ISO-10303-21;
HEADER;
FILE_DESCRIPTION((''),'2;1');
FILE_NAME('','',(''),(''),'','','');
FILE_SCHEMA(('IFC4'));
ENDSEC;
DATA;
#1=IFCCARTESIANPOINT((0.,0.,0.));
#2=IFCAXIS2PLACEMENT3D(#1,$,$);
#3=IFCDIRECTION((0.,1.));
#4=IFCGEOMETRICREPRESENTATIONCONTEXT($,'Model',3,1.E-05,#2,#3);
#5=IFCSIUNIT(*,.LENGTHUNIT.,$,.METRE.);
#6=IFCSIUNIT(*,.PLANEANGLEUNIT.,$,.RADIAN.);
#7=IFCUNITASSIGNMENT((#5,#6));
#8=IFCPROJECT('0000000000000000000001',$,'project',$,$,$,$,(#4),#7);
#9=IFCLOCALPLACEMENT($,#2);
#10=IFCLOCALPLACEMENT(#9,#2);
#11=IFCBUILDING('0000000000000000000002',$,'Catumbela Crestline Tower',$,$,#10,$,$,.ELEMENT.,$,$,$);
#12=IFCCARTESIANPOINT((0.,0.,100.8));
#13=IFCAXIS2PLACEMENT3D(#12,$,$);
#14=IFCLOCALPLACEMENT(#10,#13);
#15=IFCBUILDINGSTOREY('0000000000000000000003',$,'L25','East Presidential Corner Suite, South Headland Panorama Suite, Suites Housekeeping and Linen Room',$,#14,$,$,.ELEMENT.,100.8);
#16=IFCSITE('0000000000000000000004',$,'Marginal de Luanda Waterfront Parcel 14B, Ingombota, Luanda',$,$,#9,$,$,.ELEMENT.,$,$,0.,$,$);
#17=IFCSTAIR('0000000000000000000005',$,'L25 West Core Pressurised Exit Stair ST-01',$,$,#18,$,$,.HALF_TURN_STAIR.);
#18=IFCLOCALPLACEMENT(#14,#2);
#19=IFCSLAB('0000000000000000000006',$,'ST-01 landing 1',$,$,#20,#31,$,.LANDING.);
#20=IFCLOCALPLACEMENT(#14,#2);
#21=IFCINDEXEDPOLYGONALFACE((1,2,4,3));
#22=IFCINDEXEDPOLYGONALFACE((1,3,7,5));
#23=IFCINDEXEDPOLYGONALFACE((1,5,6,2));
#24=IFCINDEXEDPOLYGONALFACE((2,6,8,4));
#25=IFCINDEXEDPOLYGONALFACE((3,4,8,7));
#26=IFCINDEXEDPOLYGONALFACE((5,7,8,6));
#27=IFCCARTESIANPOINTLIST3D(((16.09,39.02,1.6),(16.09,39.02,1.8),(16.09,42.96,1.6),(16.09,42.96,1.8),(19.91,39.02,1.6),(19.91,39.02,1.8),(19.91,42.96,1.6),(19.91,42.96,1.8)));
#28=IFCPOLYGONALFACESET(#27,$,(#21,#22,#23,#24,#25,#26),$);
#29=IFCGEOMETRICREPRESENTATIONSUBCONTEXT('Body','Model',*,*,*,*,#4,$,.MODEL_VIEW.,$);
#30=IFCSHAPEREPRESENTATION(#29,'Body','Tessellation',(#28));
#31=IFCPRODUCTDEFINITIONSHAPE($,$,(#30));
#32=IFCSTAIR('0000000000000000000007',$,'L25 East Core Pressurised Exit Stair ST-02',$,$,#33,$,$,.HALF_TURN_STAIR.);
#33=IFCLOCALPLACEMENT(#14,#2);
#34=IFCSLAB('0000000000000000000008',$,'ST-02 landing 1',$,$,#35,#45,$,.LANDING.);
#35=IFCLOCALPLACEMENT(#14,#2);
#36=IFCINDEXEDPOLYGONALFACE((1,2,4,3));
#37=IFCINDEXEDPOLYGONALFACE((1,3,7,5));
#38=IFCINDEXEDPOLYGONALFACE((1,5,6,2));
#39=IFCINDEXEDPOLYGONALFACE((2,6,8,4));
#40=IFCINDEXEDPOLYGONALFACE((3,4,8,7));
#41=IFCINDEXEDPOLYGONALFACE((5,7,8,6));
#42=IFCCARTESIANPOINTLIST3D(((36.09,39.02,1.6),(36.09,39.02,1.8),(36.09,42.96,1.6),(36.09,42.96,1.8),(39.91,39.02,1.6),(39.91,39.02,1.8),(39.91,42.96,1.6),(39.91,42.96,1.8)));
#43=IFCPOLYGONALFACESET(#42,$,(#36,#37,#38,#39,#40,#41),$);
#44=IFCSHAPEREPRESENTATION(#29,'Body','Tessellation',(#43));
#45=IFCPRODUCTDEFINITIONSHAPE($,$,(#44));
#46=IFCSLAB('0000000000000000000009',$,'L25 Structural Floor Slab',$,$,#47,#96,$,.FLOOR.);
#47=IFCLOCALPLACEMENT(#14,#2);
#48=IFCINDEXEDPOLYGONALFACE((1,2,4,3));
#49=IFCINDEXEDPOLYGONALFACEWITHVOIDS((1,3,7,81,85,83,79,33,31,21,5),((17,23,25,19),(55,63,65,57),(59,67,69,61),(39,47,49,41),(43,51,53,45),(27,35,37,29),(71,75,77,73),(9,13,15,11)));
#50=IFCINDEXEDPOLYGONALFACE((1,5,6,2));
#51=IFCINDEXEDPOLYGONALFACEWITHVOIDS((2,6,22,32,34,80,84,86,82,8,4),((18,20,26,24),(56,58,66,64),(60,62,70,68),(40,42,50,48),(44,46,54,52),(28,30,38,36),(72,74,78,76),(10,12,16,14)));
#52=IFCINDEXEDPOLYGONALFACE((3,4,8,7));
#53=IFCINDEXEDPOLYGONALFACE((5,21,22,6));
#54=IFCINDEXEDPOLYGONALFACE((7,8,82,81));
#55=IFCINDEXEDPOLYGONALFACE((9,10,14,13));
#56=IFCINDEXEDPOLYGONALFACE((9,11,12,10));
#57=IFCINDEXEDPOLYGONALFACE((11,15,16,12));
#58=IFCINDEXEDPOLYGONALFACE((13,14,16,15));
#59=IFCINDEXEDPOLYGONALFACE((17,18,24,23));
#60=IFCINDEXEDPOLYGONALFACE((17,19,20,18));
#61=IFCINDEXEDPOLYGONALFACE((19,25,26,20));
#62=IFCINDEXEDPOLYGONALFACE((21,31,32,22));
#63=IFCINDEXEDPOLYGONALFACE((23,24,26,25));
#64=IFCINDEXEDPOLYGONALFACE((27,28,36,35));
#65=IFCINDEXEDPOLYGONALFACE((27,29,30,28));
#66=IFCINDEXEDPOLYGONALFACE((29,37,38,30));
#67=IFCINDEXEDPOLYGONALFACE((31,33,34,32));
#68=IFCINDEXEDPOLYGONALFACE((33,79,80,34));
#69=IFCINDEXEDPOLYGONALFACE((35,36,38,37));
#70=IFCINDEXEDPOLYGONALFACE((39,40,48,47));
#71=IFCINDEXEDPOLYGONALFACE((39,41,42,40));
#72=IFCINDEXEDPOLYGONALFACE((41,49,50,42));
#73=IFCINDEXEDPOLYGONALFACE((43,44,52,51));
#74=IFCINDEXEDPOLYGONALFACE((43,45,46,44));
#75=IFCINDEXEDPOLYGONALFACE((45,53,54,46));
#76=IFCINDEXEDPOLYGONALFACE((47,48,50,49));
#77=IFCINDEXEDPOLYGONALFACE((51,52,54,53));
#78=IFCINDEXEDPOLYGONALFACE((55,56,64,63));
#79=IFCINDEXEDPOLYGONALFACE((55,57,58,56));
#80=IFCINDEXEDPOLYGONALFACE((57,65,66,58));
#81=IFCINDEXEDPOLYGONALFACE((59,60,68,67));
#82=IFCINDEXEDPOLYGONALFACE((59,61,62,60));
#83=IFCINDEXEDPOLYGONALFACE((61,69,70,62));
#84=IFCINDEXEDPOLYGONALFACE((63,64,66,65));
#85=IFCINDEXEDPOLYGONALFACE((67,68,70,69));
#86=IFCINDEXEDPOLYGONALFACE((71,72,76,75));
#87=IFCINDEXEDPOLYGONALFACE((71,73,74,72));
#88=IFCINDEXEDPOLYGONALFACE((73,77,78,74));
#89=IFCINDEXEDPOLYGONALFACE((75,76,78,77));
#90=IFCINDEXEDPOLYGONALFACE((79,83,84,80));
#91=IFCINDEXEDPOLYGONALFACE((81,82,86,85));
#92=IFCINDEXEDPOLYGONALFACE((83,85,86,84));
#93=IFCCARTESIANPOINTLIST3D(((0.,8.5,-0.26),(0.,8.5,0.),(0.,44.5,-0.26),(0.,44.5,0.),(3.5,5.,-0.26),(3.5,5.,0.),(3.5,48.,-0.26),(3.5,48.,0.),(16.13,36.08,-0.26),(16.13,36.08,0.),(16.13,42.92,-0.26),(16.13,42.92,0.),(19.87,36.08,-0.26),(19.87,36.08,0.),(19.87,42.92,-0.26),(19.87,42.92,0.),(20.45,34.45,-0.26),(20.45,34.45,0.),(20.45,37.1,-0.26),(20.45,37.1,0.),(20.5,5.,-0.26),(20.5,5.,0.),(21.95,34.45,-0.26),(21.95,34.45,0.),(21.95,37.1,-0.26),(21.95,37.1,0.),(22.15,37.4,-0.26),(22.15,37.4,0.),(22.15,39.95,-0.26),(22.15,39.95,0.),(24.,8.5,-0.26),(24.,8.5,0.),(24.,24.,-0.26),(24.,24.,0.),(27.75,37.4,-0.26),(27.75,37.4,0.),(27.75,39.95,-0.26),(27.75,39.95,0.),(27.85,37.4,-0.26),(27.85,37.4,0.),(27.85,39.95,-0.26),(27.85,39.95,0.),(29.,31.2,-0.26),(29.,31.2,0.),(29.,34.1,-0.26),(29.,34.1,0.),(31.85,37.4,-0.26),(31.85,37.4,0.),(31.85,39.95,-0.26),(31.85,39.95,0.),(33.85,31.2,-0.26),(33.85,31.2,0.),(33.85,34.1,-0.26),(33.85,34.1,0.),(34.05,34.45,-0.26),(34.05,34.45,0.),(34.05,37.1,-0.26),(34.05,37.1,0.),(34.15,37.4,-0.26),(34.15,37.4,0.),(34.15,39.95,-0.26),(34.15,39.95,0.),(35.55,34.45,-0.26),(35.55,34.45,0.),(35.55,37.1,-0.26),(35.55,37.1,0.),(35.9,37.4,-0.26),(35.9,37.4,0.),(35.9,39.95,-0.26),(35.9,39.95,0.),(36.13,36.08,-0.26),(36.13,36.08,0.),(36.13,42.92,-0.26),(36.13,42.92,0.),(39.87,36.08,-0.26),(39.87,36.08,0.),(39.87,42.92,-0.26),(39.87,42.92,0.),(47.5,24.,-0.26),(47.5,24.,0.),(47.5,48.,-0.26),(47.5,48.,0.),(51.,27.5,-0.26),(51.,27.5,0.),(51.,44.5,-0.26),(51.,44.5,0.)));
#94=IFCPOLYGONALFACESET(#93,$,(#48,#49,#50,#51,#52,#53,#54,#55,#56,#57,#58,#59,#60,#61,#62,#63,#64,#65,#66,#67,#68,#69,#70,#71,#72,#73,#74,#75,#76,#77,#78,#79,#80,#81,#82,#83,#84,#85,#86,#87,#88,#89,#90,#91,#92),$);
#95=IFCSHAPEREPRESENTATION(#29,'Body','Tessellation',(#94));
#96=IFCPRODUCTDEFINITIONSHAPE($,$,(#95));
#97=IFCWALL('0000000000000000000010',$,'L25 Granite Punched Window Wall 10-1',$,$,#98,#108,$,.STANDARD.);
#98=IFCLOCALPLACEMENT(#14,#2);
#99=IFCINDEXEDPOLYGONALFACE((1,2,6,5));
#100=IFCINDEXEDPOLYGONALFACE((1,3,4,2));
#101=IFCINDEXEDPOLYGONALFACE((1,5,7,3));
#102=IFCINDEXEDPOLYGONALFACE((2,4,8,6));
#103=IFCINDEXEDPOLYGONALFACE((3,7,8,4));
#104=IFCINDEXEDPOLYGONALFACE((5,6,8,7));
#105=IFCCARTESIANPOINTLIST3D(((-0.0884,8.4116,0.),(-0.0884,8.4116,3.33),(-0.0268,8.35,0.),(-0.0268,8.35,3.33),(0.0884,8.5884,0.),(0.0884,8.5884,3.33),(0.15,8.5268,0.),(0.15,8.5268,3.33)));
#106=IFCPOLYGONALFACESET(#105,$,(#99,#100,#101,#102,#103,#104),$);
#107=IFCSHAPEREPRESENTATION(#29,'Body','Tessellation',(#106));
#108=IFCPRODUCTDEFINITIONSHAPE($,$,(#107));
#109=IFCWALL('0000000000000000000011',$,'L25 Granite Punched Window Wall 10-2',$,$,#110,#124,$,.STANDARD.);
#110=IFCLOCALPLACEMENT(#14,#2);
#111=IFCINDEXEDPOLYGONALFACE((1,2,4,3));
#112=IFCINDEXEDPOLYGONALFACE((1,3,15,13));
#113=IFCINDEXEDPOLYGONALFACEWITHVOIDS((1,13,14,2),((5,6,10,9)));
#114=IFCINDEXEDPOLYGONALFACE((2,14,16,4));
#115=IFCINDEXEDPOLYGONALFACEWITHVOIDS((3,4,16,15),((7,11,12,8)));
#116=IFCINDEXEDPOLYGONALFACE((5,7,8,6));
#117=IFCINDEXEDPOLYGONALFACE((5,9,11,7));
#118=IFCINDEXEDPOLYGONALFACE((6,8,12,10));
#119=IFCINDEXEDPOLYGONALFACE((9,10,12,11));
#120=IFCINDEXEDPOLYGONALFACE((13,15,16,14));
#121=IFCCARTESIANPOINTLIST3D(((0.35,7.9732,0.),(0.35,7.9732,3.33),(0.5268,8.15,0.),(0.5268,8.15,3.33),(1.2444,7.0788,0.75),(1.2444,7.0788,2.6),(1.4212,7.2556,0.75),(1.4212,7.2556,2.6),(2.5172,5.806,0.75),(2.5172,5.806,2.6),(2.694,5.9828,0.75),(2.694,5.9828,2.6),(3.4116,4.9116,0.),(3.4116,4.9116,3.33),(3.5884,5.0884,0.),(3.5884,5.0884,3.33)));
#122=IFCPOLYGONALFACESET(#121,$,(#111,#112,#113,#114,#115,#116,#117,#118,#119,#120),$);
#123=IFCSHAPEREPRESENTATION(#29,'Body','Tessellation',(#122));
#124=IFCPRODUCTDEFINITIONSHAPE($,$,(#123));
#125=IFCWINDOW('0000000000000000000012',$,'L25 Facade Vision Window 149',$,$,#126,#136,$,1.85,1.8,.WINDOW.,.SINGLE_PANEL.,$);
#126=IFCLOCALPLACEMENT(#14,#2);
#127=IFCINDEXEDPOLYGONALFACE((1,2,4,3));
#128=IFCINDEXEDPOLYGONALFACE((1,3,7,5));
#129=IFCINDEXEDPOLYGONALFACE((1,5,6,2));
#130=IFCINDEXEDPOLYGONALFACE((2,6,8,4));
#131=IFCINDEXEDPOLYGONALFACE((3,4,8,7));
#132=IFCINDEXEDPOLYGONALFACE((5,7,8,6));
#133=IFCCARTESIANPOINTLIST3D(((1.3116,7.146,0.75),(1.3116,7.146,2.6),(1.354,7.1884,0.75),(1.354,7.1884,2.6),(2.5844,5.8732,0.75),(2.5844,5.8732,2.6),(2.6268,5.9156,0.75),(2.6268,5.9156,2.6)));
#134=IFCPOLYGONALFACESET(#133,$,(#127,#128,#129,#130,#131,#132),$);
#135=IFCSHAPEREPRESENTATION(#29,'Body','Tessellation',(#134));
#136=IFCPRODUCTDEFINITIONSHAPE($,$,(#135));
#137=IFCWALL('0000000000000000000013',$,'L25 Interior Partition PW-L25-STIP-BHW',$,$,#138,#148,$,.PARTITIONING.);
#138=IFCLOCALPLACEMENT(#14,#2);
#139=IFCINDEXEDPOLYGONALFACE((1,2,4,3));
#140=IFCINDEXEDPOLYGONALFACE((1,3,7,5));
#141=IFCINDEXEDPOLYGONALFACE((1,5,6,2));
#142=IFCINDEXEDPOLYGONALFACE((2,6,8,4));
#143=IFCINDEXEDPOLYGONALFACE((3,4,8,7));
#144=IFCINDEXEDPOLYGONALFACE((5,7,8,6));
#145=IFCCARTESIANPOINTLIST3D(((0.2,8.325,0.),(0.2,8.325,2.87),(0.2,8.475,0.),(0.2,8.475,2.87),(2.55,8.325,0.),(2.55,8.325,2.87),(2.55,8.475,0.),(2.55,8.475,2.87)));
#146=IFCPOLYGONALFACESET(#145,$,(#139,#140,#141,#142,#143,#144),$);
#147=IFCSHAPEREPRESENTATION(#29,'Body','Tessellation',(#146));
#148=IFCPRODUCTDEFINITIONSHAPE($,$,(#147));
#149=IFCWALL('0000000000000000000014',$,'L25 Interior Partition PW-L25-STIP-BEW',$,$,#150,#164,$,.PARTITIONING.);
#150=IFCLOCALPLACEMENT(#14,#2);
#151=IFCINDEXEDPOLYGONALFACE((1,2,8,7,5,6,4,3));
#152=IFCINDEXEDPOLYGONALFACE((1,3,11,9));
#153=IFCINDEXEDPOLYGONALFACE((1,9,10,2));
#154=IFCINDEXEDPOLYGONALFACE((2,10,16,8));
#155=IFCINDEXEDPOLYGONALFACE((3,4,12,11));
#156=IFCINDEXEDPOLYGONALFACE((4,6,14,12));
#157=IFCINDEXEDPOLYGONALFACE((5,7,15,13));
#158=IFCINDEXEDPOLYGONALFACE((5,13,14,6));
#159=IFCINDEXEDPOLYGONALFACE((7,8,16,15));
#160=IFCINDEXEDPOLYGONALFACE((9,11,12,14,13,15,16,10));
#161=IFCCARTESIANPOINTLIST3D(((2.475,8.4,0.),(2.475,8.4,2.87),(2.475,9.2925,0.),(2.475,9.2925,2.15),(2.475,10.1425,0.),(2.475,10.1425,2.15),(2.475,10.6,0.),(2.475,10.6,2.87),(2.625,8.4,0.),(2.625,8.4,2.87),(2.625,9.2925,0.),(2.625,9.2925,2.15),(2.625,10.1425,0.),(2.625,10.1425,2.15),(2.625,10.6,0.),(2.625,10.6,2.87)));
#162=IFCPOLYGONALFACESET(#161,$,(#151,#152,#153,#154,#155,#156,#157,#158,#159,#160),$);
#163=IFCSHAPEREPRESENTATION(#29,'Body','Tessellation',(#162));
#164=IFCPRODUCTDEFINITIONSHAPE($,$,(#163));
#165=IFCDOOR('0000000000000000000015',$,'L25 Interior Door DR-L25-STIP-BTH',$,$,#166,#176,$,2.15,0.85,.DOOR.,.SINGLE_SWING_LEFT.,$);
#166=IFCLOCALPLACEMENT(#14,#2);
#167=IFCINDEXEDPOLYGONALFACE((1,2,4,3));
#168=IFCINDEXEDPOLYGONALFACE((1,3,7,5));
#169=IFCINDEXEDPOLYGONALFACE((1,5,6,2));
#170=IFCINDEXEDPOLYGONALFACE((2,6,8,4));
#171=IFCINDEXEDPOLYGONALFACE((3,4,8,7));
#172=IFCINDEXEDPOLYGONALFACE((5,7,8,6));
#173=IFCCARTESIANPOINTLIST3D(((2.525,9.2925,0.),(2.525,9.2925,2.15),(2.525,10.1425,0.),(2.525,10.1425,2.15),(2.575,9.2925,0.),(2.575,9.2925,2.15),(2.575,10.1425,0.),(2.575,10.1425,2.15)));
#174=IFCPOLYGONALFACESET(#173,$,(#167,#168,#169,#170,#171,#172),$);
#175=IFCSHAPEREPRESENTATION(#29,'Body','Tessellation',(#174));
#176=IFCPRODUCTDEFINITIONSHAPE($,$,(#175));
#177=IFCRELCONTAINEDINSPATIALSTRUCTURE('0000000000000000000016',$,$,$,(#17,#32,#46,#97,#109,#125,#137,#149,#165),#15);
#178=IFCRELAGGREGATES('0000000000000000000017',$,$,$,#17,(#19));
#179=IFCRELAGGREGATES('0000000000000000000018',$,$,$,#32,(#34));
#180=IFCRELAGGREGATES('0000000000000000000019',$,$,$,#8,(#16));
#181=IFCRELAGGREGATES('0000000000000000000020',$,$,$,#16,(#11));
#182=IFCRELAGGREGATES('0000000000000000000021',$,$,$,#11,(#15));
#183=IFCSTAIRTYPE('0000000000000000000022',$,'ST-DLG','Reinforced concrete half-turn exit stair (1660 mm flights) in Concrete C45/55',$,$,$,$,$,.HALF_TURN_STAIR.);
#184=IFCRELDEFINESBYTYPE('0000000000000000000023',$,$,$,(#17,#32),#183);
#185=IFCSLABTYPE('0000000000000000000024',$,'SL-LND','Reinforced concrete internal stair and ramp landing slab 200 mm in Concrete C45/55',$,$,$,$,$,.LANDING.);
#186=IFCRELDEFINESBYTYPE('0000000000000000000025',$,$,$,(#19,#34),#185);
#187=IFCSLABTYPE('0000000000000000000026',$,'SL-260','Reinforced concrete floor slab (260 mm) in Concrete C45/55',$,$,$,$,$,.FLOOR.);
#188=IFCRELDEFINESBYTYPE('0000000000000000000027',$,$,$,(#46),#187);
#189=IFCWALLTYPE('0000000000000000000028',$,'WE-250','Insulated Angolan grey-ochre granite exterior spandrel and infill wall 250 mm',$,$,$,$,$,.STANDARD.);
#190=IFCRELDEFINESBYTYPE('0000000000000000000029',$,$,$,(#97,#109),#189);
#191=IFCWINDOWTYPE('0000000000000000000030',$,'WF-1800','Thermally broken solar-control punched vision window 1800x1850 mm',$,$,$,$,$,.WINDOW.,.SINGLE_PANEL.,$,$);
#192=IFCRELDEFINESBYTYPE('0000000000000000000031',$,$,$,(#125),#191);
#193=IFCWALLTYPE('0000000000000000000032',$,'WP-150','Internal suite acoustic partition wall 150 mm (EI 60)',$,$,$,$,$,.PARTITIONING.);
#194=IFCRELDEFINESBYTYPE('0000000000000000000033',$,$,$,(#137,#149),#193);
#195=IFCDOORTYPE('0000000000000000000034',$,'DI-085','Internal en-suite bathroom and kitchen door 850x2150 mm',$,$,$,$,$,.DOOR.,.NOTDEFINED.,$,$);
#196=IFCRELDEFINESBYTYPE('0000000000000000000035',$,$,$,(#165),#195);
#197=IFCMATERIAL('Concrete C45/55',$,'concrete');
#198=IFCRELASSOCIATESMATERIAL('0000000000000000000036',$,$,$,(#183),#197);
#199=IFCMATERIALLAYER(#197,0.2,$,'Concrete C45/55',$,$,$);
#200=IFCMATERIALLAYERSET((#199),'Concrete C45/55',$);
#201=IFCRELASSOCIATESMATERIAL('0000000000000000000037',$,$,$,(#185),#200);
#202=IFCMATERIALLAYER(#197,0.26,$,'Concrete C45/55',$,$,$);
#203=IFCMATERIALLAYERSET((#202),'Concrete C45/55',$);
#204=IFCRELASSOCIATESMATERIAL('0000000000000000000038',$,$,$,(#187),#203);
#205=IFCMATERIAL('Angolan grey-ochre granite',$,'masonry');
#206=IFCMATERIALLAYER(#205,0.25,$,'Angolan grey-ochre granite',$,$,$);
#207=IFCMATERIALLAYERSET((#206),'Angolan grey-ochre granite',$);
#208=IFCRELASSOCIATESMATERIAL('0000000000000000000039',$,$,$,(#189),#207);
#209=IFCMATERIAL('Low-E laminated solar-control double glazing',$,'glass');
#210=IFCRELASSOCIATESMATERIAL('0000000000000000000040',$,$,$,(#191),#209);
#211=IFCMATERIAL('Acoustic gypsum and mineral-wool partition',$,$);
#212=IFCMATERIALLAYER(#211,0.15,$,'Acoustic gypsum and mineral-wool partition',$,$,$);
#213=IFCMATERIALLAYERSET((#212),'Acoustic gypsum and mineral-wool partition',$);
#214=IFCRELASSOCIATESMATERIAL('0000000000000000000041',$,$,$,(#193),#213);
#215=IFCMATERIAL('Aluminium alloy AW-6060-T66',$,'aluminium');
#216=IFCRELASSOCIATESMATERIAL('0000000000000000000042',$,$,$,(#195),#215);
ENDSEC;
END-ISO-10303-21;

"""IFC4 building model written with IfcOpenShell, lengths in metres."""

from ifc_helpers import new_model, si_unit, direction, frame, frame_2d, origin, place, context, subcontext, project, spatial, polyline, rectangle, outline, extrude, material, layer, layer_set, type_object, element, fill, aggregate, save


model = new_model("IFC4")

# Units and contexts
model_context = context("Model", 3, precision=1e-05, world=origin(), true_north=direction((0.0, 1.0)))
body_context = subcontext(model_context, "Body", "Model", "MODEL_VIEW")
ifc_project = project(units=[si_unit("LENGTHUNIT", "METRE"), si_unit("PLANEANGLEUNIT", "RADIAN")], contexts=[model_context])

# Site, building, storey
site_placement = place(None, origin())
site = spatial("IfcSite", under=ifc_project, at=site_placement, Name="Marginal de Luanda Waterfront Parcel 14B, Ingombota, Luanda", CompositionType="ELEMENT", RefElevation=0.0)
building_placement = place(site_placement, origin())
building = spatial("IfcBuilding", under=site, at=building_placement, Name="Catumbela Crestline Tower", CompositionType="ELEMENT")
storey_placement = place(building_placement, frame((0.0, 0.0, 100.8)))
storey = spatial("IfcBuildingStorey", under=building, at=storey_placement, Name="L25", Description="East Presidential Corner Suite, South Headland Panorama Suite, Suites Housekeeping and Linen Room", CompositionType="ELEMENT", Elevation=100.8)

# Stairs, slabs
ifc_material_1 = material(Name="Concrete C45/55", Category="concrete")
stair_type = type_object("IfcStairType", Name="ST-DLG", Description="Reinforced concrete half-turn exit stair (1660 mm flights) in Concrete C45/55", PredefinedType="HALF_TURN_STAIR", material=ifc_material_1)
stair_1_placement = place(storey_placement, origin())
stair_1 = element("IfcStair", 1, at=stair_1_placement, inside=storey, type_object=stair_type, Name="L25 West Core Pressurised Exit Stair ST-01", PredefinedType="HALF_TURN_STAIR")
ifc_layer_1 = layer(ifc_material_1, 0.2, Name="Concrete C45/55")
ifc_layer_set_1 = layer_set([ifc_layer_1], Name="Concrete C45/55")
slab_type_1 = type_object("IfcSlabType", Name="SL-LND", Description="Reinforced concrete internal stair and ramp landing slab 200 mm in Concrete C45/55", PredefinedType="LANDING", material=ifc_layer_set_1)
slab_1_placement = place(storey_placement, frame((0.0, 0.0, 1.6)))
slab_1 = element("IfcSlab", 2, at=slab_1_placement, type_object=slab_type_1, Name="ST-01 landing 1", PredefinedType="LANDING", context=body_context, shape_type="SweptSolid", body=[
    extrude(outline(polyline([(19.91, 39.02), (19.91, 42.96), (16.09, 42.96), (16.09, 39.02), (19.91, 39.02)])), origin(), (0.0, 0.0, 1.0), 0.2),
])
aggregate(stair_1, [slab_1])
stair_2_placement = place(storey_placement, origin())
stair_2 = element("IfcStair", 3, at=stair_2_placement, inside=storey, type_object=stair_type, Name="L25 East Core Pressurised Exit Stair ST-02", PredefinedType="HALF_TURN_STAIR")
slab_2_placement = place(storey_placement, frame((0.0, 0.0, 1.6)))
slab_2 = element("IfcSlab", 4, at=slab_2_placement, type_object=slab_type_1, Name="ST-02 landing 1", PredefinedType="LANDING", context=body_context, shape_type="SweptSolid", body=[
    extrude(outline(polyline([(39.91, 39.02), (39.91, 42.96), (36.09, 42.96), (36.09, 39.02), (39.91, 39.02)])), origin(), (0.0, 0.0, 1.0), 0.2),
])
aggregate(stair_2, [slab_2])

# Slab
ifc_layer_2 = layer(ifc_material_1, 0.26, Name="Concrete C45/55")
ifc_layer_set_2 = layer_set([ifc_layer_2], Name="Concrete C45/55")
slab_type_2 = type_object("IfcSlabType", Name="SL-260", Description="Reinforced concrete floor slab (260 mm) in Concrete C45/55", PredefinedType="FLOOR", material=ifc_layer_set_2)
slab_3_placement = place(storey_placement, frame((0.0, 0.0, -0.26)))
element("IfcSlab", 5, at=slab_3_placement, inside=storey, type_object=slab_type_2, Name="L25 Structural Floor Slab", PredefinedType="FLOOR", context=body_context, shape_type="SweptSolid", body=[
    extrude(outline(polyline([(3.5, 5.0), (20.5, 5.0), (24.0, 8.5), (24.0, 24.0), (47.5, 24.0), (51.0, 27.5), (51.0, 44.5), (47.5, 48.0), (3.5, 48.0), (0.0, 44.5), (0.0, 8.5), (3.5, 5.0)]), holes=[polyline([(16.13, 36.08), (19.87, 36.08), (19.87, 42.92), (16.13, 42.92), (16.13, 36.08)]), polyline([(36.13, 36.08), (39.87, 36.08), (39.87, 42.92), (36.13, 42.92), (36.13, 36.08)]), polyline([(29.0, 31.2), (33.85, 31.2), (33.85, 34.1), (29.0, 34.1), (29.0, 31.2)]), polyline([(22.15, 37.4), (27.75, 37.4), (27.75, 39.95), (22.15, 39.95), (22.15, 37.4)]), polyline([(27.85, 37.4), (31.85, 37.4), (31.85, 39.95), (27.85, 39.95), (27.85, 37.4)]), polyline([(20.45, 34.45), (21.95, 34.45), (21.95, 37.1), (20.45, 37.1), (20.45, 34.45)]), polyline([(34.05, 34.45), (35.55, 34.45), (35.55, 37.1), (34.05, 37.1), (34.05, 34.45)]), polyline([(34.15, 37.4), (35.9, 37.4), (35.9, 39.95), (34.15, 39.95), (34.15, 37.4)])]), origin(), (0.0, 0.0, 1.0), 0.26),
])

# Wall
ifc_material_2 = material(Name="Angolan grey-ochre granite", Category="masonry")
ifc_layer_3 = layer(ifc_material_2, 0.25, Name="Angolan grey-ochre granite")
ifc_layer_set_3 = layer_set([ifc_layer_3], Name="Angolan grey-ochre granite")
wall_type_1 = type_object("IfcWallType", Name="WE-250", Description="Insulated Angolan grey-ochre granite exterior spandrel and infill wall 250 mm", PredefinedType="STANDARD", material=ifc_layer_set_3)
wall_1_placement = place(storey_placement, frame((0.0, 8.5, 0.0), z_axis=(0.0, 0.0, 1.0), x_axis=(0.707107, -0.707107, 0.0)))
element("IfcWall", 6, at=wall_1_placement, inside=storey, type_object=wall_type_1, Name="L25 Granite Punched Window Wall 10-1", PredefinedType="STANDARD", context=body_context, shape_type="SweptSolid", body=[
    extrude(rectangle(XDim=0.0871, YDim=0.25, at=frame_2d((0.0436, 0.0))), origin(), (0.0, 0.0, 1.0), 3.33),
])

# Wall, opening, window
wall_2_placement = place(storey_placement, frame((0.4384, 8.0616, 0.0), z_axis=(0.0, 0.0, 1.0), x_axis=(0.707107, -0.707107, 0.0)))
wall_2 = element("IfcWall", 7, at=wall_2_placement, inside=storey, type_object=wall_type_1, Name="L25 Granite Punched Window Wall 10-2", PredefinedType="STANDARD", context=body_context, shape_type="SweptSolid", body=[
    extrude(rectangle(XDim=4.3298, YDim=0.25, at=frame_2d((2.1649, 0.0))), origin(), (0.0, 0.0, 1.0), 3.33),
])
opening_1_placement = place(wall_2_placement, frame((1.2649, 0.0, 0.75)))
opening_1 = element("IfcOpeningElement", 8, at=opening_1_placement, cuts=wall_2, PredefinedType="OPENING", context=body_context, shape_type="SweptSolid", body=[
    extrude(rectangle(XDim=1.8, YDim=1.85, at=frame_2d((0.9, 0.925))), frame((0.0, 0.135, 0.0), z_axis=(0.0, -1.0, 0.0), x_axis=(1.0, 0.0, 0.0)), (0.0, 0.0, 1.0), 0.27),
])
ifc_material_3 = material(Name="Low-E laminated solar-control double glazing", Category="glass")
window_type = type_object("IfcWindowType", Name="WF-1800", Description="Thermally broken solar-control punched vision window 1800x1850 mm", PartitioningType="SINGLE_PANEL", PredefinedType="WINDOW", material=ifc_material_3)
window_placement = place(opening_1_placement, origin())
window = element("IfcWindow", 9, at=window_placement, inside=storey, type_object=window_type, Name="L25 Facade Vision Window 149", OverallHeight=1.85, OverallWidth=1.8, PartitioningType="SINGLE_PANEL", PredefinedType="WINDOW", context=body_context, shape_type="SweptSolid", body=[
    extrude(rectangle(XDim=1.8, YDim=1.85, at=frame_2d((0.9, 0.925))), frame((0.0, 0.03, 0.0), z_axis=(0.0, -1.0, 0.0), x_axis=(1.0, 0.0, 0.0)), (0.0, 0.0, 1.0), 0.06),
])
fill(opening_1, window)

# Wall
ifc_material_4 = material(Name="Acoustic gypsum and mineral-wool partition")
ifc_layer_4 = layer(ifc_material_4, 0.15, Name="Acoustic gypsum and mineral-wool partition")
ifc_layer_set_4 = layer_set([ifc_layer_4], Name="Acoustic gypsum and mineral-wool partition")
wall_type_2 = type_object("IfcWallType", Name="WP-150", Description="Internal suite acoustic partition wall 150 mm (EI 60)", PredefinedType="PARTITIONING", material=ifc_layer_set_4)
wall_3_placement = place(storey_placement, frame((0.2, 8.4, 0.0), z_axis=(0.0, 0.0, 1.0), x_axis=(1.0, 0.0, 0.0)))
element("IfcWall", 10, at=wall_3_placement, inside=storey, type_object=wall_type_2, Name="L25 Interior Partition PW-L25-STIP-BHW", PredefinedType="PARTITIONING", context=body_context, shape_type="SweptSolid", body=[
    extrude(rectangle(XDim=2.35, YDim=0.15, at=frame_2d((1.175, 0.0))), origin(), (0.0, 0.0, 1.0), 2.87),
])

# Wall, opening, door
wall_4_placement = place(storey_placement, frame((2.55, 8.4, 0.0), z_axis=(0.0, 0.0, 1.0), x_axis=(0.0, 1.0, 0.0)))
wall_4 = element("IfcWall", 11, at=wall_4_placement, inside=storey, type_object=wall_type_2, Name="L25 Interior Partition PW-L25-STIP-BEW", PredefinedType="PARTITIONING", context=body_context, shape_type="SweptSolid", body=[
    extrude(rectangle(XDim=2.2, YDim=0.15, at=frame_2d((1.1, 0.0))), origin(), (0.0, 0.0, 1.0), 2.87),
])
opening_2_placement = place(wall_4_placement, frame((0.8925, 0.0, 0.0)))
opening_2 = element("IfcOpeningElement", 12, at=opening_2_placement, cuts=wall_4, PredefinedType="OPENING", context=body_context, shape_type="SweptSolid", body=[
    extrude(rectangle(XDim=0.85, YDim=2.15, at=frame_2d((0.425, 1.075))), frame((0.0, 0.085, 0.0), z_axis=(0.0, -1.0, 0.0), x_axis=(1.0, 0.0, 0.0)), (0.0, 0.0, 1.0), 0.17),
])
ifc_material_5 = material(Name="Aluminium alloy AW-6060-T66", Category="aluminium")
door_type = type_object("IfcDoorType", Name="DI-085", Description="Internal en-suite bathroom and kitchen door 850x2150 mm", OperationType="NOTDEFINED", PredefinedType="DOOR", material=ifc_material_5)
door_placement = place(opening_2_placement, origin())
door = element("IfcDoor", 13, at=door_placement, inside=storey, type_object=door_type, Name="L25 Interior Door DR-L25-STIP-BTH", OperationType="SINGLE_SWING_LEFT", OverallHeight=2.15, OverallWidth=0.85, PredefinedType="DOOR", context=body_context, shape_type="SweptSolid", body=[
    extrude(rectangle(XDim=0.85, YDim=2.15, at=frame_2d((0.425, 1.075))), frame((0.0, 0.025, 0.0), z_axis=(0.0, -1.0, 0.0), x_axis=(1.0, 0.0, 0.0)), (0.0, 0.0, 1.0), 0.05),
])
fill(opening_2, door)

save(model, "model.ifc")
